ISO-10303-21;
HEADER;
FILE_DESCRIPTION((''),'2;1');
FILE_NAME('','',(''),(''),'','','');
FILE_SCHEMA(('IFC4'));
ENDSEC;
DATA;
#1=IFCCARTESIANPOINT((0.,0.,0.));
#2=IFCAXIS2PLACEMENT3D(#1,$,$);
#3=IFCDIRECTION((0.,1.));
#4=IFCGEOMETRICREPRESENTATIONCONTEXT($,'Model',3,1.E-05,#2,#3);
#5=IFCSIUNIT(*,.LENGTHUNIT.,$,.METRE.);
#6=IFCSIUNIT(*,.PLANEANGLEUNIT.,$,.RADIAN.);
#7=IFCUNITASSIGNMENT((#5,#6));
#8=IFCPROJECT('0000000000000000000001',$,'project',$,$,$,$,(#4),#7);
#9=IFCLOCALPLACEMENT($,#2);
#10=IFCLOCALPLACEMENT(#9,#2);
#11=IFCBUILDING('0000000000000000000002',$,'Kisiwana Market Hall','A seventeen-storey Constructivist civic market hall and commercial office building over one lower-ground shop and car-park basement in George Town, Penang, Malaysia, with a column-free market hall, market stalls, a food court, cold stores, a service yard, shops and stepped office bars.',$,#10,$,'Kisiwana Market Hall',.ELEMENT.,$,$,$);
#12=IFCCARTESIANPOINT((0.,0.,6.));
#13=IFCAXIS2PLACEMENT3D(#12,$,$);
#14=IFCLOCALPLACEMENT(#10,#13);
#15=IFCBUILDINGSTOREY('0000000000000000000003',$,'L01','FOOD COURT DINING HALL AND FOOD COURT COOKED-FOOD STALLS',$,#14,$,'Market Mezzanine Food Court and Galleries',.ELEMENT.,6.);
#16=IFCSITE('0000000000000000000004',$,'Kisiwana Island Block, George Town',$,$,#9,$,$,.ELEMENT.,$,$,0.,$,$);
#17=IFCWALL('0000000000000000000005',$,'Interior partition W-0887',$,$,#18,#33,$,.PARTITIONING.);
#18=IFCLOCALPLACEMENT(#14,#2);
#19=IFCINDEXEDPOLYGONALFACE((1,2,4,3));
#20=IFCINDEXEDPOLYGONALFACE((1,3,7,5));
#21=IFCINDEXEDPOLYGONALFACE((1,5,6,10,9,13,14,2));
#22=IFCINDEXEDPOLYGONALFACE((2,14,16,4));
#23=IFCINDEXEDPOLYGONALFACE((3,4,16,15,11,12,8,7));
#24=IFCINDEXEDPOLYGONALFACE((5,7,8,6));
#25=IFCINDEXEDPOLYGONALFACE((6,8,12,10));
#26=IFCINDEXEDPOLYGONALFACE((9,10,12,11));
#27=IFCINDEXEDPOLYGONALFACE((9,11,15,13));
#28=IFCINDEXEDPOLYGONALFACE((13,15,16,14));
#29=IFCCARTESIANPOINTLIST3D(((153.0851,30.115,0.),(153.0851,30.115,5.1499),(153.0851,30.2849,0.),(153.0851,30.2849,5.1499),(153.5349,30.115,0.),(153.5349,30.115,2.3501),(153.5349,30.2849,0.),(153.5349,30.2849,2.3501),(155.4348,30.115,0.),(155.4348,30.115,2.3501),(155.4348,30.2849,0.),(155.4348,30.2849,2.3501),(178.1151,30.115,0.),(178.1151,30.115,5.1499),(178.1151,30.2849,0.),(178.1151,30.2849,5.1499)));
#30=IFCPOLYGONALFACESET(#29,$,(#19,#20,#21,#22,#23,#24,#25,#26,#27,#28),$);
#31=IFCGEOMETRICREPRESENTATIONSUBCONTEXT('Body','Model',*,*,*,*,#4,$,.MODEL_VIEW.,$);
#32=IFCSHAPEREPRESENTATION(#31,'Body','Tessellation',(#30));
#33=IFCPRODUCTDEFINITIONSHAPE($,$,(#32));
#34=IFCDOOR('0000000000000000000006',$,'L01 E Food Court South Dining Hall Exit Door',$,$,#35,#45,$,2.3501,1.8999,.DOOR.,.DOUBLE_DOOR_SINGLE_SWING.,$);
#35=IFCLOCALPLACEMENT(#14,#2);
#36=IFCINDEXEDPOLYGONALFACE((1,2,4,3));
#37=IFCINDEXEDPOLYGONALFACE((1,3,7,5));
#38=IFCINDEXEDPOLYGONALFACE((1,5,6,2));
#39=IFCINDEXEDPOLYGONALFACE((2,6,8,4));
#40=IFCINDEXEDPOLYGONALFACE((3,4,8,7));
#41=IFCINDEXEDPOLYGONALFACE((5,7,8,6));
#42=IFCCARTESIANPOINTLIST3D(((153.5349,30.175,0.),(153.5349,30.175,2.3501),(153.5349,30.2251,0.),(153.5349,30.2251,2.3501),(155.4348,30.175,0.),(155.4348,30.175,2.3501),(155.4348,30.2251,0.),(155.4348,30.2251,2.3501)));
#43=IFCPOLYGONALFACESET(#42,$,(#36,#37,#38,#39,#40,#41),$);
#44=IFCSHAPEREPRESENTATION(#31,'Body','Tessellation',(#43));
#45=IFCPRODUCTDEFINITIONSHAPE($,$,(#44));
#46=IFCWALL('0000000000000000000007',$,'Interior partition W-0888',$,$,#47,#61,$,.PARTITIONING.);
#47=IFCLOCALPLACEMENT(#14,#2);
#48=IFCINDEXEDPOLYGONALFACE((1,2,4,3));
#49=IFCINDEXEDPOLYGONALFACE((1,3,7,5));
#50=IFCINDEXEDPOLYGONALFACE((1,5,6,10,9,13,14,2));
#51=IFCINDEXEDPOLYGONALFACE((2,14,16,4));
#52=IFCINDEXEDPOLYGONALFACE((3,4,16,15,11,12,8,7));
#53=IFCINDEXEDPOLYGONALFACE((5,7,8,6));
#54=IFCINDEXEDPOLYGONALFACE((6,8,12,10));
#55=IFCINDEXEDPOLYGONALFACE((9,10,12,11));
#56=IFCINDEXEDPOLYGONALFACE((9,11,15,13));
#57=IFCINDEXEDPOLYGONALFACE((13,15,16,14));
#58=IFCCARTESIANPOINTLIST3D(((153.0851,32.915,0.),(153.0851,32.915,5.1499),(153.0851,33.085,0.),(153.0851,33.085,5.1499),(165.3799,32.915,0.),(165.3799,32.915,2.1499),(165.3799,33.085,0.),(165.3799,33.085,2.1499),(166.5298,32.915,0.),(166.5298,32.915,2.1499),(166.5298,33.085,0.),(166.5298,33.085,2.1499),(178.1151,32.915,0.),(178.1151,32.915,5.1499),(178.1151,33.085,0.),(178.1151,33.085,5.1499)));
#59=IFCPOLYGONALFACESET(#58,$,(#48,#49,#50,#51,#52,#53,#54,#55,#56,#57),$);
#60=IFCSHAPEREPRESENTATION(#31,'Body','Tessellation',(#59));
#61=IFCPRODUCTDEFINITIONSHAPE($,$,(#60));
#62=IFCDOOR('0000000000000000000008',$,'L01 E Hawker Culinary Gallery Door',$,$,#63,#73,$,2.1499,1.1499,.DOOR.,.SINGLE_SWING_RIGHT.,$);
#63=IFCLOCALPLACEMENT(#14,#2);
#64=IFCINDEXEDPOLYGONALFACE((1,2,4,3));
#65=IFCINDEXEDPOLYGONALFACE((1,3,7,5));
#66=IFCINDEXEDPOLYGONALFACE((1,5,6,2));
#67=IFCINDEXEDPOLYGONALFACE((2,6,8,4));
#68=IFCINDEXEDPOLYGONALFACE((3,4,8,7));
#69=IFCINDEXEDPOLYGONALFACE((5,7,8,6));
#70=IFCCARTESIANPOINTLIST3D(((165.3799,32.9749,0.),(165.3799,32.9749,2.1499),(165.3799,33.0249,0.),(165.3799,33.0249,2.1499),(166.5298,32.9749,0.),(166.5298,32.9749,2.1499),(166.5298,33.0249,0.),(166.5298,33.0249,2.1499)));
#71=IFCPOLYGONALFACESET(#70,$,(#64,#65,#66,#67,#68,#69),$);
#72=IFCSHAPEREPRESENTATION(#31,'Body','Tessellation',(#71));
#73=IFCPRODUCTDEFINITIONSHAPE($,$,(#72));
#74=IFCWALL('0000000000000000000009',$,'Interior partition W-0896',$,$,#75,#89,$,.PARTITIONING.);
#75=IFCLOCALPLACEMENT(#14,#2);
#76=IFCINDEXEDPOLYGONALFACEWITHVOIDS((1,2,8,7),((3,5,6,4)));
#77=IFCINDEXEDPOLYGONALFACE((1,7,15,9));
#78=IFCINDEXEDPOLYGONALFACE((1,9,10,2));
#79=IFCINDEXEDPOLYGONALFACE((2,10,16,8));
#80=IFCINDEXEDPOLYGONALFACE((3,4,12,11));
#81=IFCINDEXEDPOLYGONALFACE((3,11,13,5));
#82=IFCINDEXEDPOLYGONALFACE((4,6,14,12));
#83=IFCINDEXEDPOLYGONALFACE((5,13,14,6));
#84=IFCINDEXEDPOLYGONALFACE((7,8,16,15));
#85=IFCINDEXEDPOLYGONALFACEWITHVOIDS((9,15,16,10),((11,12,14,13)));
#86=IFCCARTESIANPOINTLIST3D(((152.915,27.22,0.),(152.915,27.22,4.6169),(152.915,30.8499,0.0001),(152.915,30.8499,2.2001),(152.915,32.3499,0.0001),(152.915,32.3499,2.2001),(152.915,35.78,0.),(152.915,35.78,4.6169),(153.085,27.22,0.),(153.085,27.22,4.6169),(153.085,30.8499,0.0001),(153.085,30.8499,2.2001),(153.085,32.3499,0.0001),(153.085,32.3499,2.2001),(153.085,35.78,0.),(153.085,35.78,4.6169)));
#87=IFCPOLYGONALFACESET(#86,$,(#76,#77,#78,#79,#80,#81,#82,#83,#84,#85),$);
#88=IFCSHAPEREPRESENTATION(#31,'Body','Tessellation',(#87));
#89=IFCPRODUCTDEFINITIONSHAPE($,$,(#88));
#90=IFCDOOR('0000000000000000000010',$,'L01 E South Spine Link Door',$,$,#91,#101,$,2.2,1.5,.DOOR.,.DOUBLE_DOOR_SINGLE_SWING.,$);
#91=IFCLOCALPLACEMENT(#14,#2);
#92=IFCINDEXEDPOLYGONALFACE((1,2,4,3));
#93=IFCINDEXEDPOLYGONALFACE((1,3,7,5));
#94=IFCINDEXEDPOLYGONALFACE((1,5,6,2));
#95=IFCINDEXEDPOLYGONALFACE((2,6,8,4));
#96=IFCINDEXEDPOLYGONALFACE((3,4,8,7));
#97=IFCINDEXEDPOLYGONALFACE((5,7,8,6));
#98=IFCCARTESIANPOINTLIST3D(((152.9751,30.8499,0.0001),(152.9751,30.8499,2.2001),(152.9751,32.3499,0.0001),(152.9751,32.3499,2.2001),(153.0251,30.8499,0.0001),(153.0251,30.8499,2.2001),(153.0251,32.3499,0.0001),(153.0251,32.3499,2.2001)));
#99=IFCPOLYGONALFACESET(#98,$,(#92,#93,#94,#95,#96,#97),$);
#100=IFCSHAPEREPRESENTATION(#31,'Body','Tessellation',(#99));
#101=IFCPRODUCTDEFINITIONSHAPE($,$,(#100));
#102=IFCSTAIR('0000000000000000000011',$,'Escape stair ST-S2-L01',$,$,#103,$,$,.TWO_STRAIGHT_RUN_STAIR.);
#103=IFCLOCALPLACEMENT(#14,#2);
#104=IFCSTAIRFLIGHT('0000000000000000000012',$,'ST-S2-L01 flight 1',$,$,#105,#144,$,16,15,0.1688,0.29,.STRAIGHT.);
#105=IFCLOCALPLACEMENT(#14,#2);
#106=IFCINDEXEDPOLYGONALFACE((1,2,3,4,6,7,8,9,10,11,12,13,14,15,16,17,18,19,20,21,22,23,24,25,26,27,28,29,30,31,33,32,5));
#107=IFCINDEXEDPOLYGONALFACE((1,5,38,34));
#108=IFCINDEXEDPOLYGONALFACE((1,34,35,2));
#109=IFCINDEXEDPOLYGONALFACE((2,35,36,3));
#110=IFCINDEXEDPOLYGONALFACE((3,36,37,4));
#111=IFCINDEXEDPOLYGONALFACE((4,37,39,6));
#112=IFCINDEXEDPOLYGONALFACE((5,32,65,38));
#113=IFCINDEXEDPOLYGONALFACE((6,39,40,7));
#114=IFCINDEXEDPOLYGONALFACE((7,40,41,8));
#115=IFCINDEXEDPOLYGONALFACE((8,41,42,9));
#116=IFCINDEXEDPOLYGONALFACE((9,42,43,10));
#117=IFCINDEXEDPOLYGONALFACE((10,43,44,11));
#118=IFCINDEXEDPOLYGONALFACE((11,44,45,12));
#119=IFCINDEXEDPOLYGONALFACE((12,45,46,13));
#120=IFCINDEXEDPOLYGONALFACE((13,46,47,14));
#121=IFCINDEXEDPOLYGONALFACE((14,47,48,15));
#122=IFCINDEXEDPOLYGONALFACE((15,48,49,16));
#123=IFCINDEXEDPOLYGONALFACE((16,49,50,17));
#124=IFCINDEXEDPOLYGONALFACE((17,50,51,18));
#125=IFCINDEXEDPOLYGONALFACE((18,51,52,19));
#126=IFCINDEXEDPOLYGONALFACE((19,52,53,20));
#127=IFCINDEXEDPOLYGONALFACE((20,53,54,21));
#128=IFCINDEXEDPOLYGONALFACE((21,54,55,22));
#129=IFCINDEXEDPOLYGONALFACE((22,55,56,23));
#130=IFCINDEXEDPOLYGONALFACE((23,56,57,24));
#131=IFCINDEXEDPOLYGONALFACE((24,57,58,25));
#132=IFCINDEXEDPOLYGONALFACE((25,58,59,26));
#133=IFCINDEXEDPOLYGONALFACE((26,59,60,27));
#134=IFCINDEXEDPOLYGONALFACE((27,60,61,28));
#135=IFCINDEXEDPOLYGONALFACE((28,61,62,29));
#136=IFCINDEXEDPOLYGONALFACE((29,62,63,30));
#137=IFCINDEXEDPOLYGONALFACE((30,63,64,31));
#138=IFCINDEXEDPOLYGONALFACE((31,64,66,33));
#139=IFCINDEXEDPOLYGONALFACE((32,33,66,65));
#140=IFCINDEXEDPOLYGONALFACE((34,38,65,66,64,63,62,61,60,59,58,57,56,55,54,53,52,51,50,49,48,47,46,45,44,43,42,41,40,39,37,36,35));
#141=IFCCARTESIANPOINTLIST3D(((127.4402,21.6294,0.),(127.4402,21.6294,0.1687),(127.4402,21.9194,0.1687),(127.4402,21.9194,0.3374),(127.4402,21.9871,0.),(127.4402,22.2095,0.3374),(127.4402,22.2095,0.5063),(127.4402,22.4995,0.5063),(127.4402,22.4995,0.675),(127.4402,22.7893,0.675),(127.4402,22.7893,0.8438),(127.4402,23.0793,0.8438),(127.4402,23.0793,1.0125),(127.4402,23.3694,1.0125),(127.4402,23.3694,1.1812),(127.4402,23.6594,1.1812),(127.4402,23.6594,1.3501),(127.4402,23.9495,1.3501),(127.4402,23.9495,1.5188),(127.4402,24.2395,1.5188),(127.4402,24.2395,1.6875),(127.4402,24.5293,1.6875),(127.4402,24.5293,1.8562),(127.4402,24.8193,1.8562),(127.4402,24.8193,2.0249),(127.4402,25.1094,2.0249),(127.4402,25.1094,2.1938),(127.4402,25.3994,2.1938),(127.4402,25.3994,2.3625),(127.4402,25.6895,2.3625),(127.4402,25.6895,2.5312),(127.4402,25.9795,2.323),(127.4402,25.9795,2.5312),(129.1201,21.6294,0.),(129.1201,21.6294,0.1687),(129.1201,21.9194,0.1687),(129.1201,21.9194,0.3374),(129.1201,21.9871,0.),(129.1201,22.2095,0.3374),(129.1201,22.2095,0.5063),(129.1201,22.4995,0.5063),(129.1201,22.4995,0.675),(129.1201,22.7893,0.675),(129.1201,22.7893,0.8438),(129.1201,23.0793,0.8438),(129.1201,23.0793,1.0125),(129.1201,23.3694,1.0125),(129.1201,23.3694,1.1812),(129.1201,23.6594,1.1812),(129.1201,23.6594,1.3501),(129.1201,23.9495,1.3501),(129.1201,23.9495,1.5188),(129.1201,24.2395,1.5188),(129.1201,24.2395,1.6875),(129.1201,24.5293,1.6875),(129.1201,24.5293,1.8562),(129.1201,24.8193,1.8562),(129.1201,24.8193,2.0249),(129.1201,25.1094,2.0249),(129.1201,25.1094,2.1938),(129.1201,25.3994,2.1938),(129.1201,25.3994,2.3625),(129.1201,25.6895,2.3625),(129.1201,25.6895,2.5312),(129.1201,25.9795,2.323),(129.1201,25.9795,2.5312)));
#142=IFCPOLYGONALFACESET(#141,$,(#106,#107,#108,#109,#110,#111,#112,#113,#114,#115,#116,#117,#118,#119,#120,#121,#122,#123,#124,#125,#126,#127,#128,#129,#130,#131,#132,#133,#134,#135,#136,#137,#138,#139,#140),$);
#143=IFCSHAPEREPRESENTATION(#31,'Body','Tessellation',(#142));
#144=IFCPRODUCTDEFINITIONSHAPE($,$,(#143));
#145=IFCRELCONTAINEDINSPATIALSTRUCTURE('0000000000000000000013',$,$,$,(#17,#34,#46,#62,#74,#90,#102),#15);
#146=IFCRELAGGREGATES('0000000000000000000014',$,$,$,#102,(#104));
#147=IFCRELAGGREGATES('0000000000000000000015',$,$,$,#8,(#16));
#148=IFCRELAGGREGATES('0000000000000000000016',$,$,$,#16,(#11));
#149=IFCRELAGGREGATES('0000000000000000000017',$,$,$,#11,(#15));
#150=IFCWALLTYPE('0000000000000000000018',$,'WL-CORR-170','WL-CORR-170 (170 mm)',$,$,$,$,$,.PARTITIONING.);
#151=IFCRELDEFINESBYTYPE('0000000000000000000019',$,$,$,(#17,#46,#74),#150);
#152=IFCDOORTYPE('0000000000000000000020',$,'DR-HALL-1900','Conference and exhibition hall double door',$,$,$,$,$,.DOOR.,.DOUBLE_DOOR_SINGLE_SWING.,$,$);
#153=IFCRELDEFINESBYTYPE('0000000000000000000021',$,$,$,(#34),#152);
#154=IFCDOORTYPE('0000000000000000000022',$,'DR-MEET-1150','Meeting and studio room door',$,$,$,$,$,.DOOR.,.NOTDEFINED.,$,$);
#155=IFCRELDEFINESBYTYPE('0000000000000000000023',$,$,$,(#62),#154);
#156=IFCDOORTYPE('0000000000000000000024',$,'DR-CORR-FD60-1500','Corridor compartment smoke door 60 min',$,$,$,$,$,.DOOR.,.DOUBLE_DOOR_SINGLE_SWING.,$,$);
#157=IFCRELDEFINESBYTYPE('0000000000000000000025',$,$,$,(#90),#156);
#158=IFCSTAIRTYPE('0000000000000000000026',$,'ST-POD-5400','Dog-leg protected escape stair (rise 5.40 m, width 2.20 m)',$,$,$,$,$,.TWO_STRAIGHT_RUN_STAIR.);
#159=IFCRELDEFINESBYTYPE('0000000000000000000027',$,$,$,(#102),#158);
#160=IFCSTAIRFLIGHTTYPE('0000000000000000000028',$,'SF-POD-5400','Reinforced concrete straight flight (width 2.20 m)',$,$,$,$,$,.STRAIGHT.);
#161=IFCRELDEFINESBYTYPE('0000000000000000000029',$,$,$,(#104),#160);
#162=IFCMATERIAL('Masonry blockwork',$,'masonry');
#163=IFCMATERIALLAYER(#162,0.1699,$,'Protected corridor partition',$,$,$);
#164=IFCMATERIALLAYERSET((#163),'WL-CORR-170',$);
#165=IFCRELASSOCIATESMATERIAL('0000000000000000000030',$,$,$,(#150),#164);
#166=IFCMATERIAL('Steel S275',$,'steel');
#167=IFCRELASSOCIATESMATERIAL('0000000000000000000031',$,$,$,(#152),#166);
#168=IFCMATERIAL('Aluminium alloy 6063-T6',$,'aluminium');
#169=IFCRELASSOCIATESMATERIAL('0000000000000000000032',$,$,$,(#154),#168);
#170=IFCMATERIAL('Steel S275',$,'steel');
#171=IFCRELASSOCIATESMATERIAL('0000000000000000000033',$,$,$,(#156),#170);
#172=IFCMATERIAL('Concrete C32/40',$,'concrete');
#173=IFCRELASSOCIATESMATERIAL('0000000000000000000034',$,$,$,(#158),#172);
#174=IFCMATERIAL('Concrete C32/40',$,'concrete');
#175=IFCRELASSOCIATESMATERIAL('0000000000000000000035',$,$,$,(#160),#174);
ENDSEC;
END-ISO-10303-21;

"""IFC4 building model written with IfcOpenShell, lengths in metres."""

from ifc_helpers import new_model, si_unit, direction, frame, frame_2d, origin, place, context, subcontext, project, spatial, polyline, rectangle, outline, extrude, material, layer, layer_set, type_object, element, fill, aggregate, save


model = new_model("IFC4")

# Units and contexts
model_context = context("Model", 3, precision=1e-05, world=origin(), true_north=direction((0.0, 1.0)))
body_context = subcontext(model_context, "Body", "Model", "MODEL_VIEW")
ifc_project = project(units=[si_unit("LENGTHUNIT", "METRE"), si_unit("PLANEANGLEUNIT", "RADIAN")], contexts=[model_context])

# Site, building, storey
site_placement = place(None, origin())
site = spatial("IfcSite", under=ifc_project, at=site_placement, Name="Kisiwana Island Block, George Town", CompositionType="ELEMENT", RefElevation=0.0)
building_placement = place(site_placement, origin())
building = spatial("IfcBuilding", under=site, at=building_placement, Name="Kisiwana Market Hall", Description="A seventeen-storey Constructivist civic market hall and commercial office building over one lower-ground shop and car-park basement in George Town, Penang, Malaysia, with a column-free market hall, market stalls, a food court, cold stores, a service yard, shops and stepped office bars.", LongName="Kisiwana Market Hall", CompositionType="ELEMENT")
storey_placement = place(building_placement, frame((0.0, 0.0, 6.0)))
storey = spatial("IfcBuildingStorey", under=building, at=storey_placement, Name="L01", Description="FOOD COURT DINING HALL AND FOOD COURT COOKED-FOOD STALLS", LongName="Market Mezzanine Food Court and Galleries", CompositionType="ELEMENT", Elevation=6.0)

# Walls, openings, doors
ifc_material_1 = material(Name="Masonry blockwork", Category="masonry")
ifc_layer_1 = layer(ifc_material_1, 0.1699, Name="Protected corridor partition")
ifc_layer_set_1 = layer_set([ifc_layer_1], Name="WL-CORR-170")
wall_type_1 = type_object("IfcWallType", Name="WL-CORR-170", Description="WL-CORR-170 (170 mm)", PredefinedType="PARTITIONING", material=ifc_layer_set_1)
wall_1_placement = place(storey_placement, frame((153.085, 30.2, 0.0), z_axis=(0.0, 0.0, 1.0), x_axis=(1.0, 0.0, 0.0)))
wall_1 = element("IfcWall", 1, at=wall_1_placement, inside=storey, type_object=wall_type_1, Name="Interior partition W-0887", PredefinedType="PARTITIONING", context=body_context, shape_type="SweptSolid", body=[
    extrude(rectangle(XDim=25.03, YDim=0.1699, at=frame_2d((12.5151, 0.0))), origin(), (0.0, 0.0, 1.0), 5.1499),
])
opening_1_placement = place(wall_1_placement, frame((0.45, 0.0, 0.0)))
opening_1 = element("IfcOpeningElement", 2, at=opening_1_placement, cuts=wall_1, PredefinedType="OPENING", context=body_context, shape_type="SweptSolid", body=[
    extrude(rectangle(XDim=1.8999, YDim=2.3501, at=frame_2d((0.95, 1.175))), frame((0.0, 0.0969, 0.0), z_axis=(0.0, -1.0, 0.0), x_axis=(1.0, 0.0, 0.0)), (0.0, 0.0, 1.0), 0.1938),
])
ifc_material_2 = material(Name="Steel S275", Category="steel")
door_type_1 = type_object("IfcDoorType", Name="DR-HALL-1900", Description="Conference and exhibition hall double door", OperationType="DOUBLE_DOOR_SINGLE_SWING", PredefinedType="DOOR", material=ifc_material_2)
door_1_placement = place(opening_1_placement, frame((1.8999, 0.0, 0.0), z_axis=(0.0, 0.0, 1.0), x_axis=(-1.0, 0.0, 0.0)))
door_1 = element("IfcDoor", 3, at=door_1_placement, inside=storey, type_object=door_type_1, Name="L01 E Food Court South Dining Hall Exit Door", OperationType="DOUBLE_DOOR_SINGLE_SWING", OverallHeight=2.3501, OverallWidth=1.8999, PredefinedType="DOOR", context=body_context, shape_type="SweptSolid", body=[
    extrude(rectangle(XDim=1.8999, YDim=2.3501, at=frame_2d((0.95, 1.175))), frame((0.0, 0.0249, 0.0), z_axis=(0.0, -1.0, 0.0), x_axis=(1.0, 0.0, 0.0)), (0.0, 0.0, 1.0), 0.05),
])
fill(opening_1, door_1)
wall_2_placement = place(storey_placement, frame((153.085, 33.0, 0.0), z_axis=(0.0, 0.0, 1.0), x_axis=(1.0, 0.0, 0.0)))
wall_2 = element("IfcWall", 4, at=wall_2_placement, inside=storey, type_object=wall_type_1, Name="Interior partition W-0888", PredefinedType="PARTITIONING", context=body_context, shape_type="SweptSolid", body=[
    extrude(rectangle(XDim=25.03, YDim=0.1699, at=frame_2d((12.5151, 0.0))), origin(), (0.0, 0.0, 1.0), 5.1499),
])
opening_2_placement = place(wall_2_placement, frame((12.2949, 0.0, 0.0)))
opening_2 = element("IfcOpeningElement", 5, at=opening_2_placement, cuts=wall_2, PredefinedType="OPENING", context=body_context, shape_type="SweptSolid", body=[
    extrude(rectangle(XDim=1.1499, YDim=2.1499, at=frame_2d((0.575, 1.075))), frame((0.0, 0.0969, 0.0), z_axis=(0.0, -1.0, 0.0), x_axis=(1.0, 0.0, 0.0)), (0.0, 0.0, 1.0), 0.1938),
])
ifc_material_3 = material(Name="Aluminium alloy 6063-T6", Category="aluminium")
door_type_2 = type_object("IfcDoorType", Name="DR-MEET-1150", Description="Meeting and studio room door", OperationType="NOTDEFINED", PredefinedType="DOOR", material=ifc_material_3)
door_2_placement = place(opening_2_placement, origin())
door_2 = element("IfcDoor", 6, at=door_2_placement, inside=storey, type_object=door_type_2, Name="L01 E Hawker Culinary Gallery Door", OperationType="SINGLE_SWING_RIGHT", OverallHeight=2.1499, OverallWidth=1.1499, PredefinedType="DOOR", context=body_context, shape_type="SweptSolid", body=[
    extrude(rectangle(XDim=1.1499, YDim=2.1499, at=frame_2d((0.575, 1.075))), frame((0.0, 0.0249, 0.0), z_axis=(0.0, -1.0, 0.0), x_axis=(1.0, 0.0, 0.0)), (0.0, 0.0, 1.0), 0.05),
])
fill(opening_2, door_2)
wall_3_placement = place(storey_placement, frame((153.0, 27.22, 0.0), z_axis=(0.0, 0.0, 1.0), x_axis=(0.0, 1.0, 0.0)))
wall_3 = element("IfcWall", 7, at=wall_3_placement, inside=storey, type_object=wall_type_1, Name="Interior partition W-0896", PredefinedType="PARTITIONING", context=body_context, shape_type="SweptSolid", body=[
    extrude(rectangle(XDim=8.5601, YDim=0.1699, at=frame_2d((4.28, 0.0))), origin(), (0.0, 0.0, 1.0), 4.6169),
])
opening_3_placement = place(wall_3_placement, frame((3.6299, 0.0, 0.0)))
opening_3 = element("IfcOpeningElement", 8, at=opening_3_placement, cuts=wall_3, PredefinedType="OPENING", context=body_context, shape_type="SweptSolid", body=[
    extrude(rectangle(XDim=1.5, YDim=2.2, at=frame_2d((0.75, 1.1001))), frame((0.0, 0.0969, 0.0), z_axis=(0.0, -1.0, 0.0), x_axis=(1.0, 0.0, 0.0)), (0.0, 0.0, 1.0), 0.1938),
])
ifc_material_4 = material(Name="Steel S275", Category="steel")
door_type_3 = type_object("IfcDoorType", Name="DR-CORR-FD60-1500", Description="Corridor compartment smoke door 60 min", OperationType="DOUBLE_DOOR_SINGLE_SWING", PredefinedType="DOOR", material=ifc_material_4)
door_3_placement = place(opening_3_placement, origin())
door_3 = element("IfcDoor", 9, at=door_3_placement, inside=storey, type_object=door_type_3, Name="L01 E South Spine Link Door", OperationType="DOUBLE_DOOR_SINGLE_SWING", OverallHeight=2.2, OverallWidth=1.5, PredefinedType="DOOR", context=body_context, shape_type="SweptSolid", body=[
    extrude(rectangle(XDim=1.5, YDim=2.2, at=frame_2d((0.75, 1.1001))), frame((0.0, 0.0249, 0.0), z_axis=(0.0, -1.0, 0.0), x_axis=(1.0, 0.0, 0.0)), (0.0, 0.0, 1.0), 0.05),
])
fill(opening_3, door_3)

# Stair, stair flight
ifc_material_5 = material(Name="Concrete C32/40", Category="concrete")
stair_type = type_object("IfcStairType", Name="ST-POD-5400", Description="Dog-leg protected escape stair (rise 5.40 m, width 2.20 m)", PredefinedType="TWO_STRAIGHT_RUN_STAIR", material=ifc_material_5)
stair_placement = place(storey_placement, origin())
stair = element("IfcStair", 10, at=stair_placement, inside=storey, type_object=stair_type, Name="Escape stair ST-S2-L01", PredefinedType="TWO_STRAIGHT_RUN_STAIR")
ifc_material_6 = material(Name="Concrete C32/40", Category="concrete")
stair_flight_type = type_object("IfcStairFlightType", Name="SF-POD-5400", Description="Reinforced concrete straight flight (width 2.20 m)", PredefinedType="STRAIGHT", material=ifc_material_6)
stair_flight_1_placement = place(storey_placement, frame((128.28, 21.6294, 0.0), z_axis=(0.0, 0.0, 1.0), x_axis=(0.0, 1.0, 0.0)))
stair_flight_1 = element("IfcStairFlight", 11, at=stair_flight_1_placement, type_object=stair_flight_type, Name="ST-S2-L01 flight 1", NumberOfRisers=16, NumberOfTreads=15, PredefinedType="STRAIGHT", RiserHeight=0.1688, TreadLength=0.29, context=body_context, shape_type="SweptSolid", body=[
    extrude(outline(polyline([(0.0, 0.0), (0.0, 0.1687), (0.29, 0.1687), (0.29, 0.3374), (0.5801, 0.3374), (0.5801, 0.5063), (0.8701, 0.5063), (0.8701, 0.675), (1.1599, 0.675), (1.1599, 0.8438), (1.45, 0.8438), (1.45, 1.0125), (1.74, 1.0125), (1.74, 1.1812), (2.03, 1.1812), (2.03, 1.3501), (2.3201, 1.3501), (2.3201, 1.5188), (2.6101, 1.5188), (2.6101, 1.6875), (2.8999, 1.6875), (2.8999, 1.8562), (3.1899, 1.8562), (3.1899, 2.0249), (3.48, 2.0249), (3.48, 2.1938), (3.77, 2.1938), (3.77, 2.3625), (4.0601, 2.3625), (4.0601, 2.5312), (4.3501, 2.5312), (4.3501, 2.7), (4.3501, 2.323), (0.3577, 0.0), (0.0, 0.0)])), frame((0.0, 0.8398, 0.0), z_axis=(0.0, -1.0, 0.0), x_axis=(1.0, 0.0, 0.0)), (0.0, 0.0, 1.0), 1.6799),
])
aggregate(stair, [stair_flight_1])

save(model, "model.ifc")
